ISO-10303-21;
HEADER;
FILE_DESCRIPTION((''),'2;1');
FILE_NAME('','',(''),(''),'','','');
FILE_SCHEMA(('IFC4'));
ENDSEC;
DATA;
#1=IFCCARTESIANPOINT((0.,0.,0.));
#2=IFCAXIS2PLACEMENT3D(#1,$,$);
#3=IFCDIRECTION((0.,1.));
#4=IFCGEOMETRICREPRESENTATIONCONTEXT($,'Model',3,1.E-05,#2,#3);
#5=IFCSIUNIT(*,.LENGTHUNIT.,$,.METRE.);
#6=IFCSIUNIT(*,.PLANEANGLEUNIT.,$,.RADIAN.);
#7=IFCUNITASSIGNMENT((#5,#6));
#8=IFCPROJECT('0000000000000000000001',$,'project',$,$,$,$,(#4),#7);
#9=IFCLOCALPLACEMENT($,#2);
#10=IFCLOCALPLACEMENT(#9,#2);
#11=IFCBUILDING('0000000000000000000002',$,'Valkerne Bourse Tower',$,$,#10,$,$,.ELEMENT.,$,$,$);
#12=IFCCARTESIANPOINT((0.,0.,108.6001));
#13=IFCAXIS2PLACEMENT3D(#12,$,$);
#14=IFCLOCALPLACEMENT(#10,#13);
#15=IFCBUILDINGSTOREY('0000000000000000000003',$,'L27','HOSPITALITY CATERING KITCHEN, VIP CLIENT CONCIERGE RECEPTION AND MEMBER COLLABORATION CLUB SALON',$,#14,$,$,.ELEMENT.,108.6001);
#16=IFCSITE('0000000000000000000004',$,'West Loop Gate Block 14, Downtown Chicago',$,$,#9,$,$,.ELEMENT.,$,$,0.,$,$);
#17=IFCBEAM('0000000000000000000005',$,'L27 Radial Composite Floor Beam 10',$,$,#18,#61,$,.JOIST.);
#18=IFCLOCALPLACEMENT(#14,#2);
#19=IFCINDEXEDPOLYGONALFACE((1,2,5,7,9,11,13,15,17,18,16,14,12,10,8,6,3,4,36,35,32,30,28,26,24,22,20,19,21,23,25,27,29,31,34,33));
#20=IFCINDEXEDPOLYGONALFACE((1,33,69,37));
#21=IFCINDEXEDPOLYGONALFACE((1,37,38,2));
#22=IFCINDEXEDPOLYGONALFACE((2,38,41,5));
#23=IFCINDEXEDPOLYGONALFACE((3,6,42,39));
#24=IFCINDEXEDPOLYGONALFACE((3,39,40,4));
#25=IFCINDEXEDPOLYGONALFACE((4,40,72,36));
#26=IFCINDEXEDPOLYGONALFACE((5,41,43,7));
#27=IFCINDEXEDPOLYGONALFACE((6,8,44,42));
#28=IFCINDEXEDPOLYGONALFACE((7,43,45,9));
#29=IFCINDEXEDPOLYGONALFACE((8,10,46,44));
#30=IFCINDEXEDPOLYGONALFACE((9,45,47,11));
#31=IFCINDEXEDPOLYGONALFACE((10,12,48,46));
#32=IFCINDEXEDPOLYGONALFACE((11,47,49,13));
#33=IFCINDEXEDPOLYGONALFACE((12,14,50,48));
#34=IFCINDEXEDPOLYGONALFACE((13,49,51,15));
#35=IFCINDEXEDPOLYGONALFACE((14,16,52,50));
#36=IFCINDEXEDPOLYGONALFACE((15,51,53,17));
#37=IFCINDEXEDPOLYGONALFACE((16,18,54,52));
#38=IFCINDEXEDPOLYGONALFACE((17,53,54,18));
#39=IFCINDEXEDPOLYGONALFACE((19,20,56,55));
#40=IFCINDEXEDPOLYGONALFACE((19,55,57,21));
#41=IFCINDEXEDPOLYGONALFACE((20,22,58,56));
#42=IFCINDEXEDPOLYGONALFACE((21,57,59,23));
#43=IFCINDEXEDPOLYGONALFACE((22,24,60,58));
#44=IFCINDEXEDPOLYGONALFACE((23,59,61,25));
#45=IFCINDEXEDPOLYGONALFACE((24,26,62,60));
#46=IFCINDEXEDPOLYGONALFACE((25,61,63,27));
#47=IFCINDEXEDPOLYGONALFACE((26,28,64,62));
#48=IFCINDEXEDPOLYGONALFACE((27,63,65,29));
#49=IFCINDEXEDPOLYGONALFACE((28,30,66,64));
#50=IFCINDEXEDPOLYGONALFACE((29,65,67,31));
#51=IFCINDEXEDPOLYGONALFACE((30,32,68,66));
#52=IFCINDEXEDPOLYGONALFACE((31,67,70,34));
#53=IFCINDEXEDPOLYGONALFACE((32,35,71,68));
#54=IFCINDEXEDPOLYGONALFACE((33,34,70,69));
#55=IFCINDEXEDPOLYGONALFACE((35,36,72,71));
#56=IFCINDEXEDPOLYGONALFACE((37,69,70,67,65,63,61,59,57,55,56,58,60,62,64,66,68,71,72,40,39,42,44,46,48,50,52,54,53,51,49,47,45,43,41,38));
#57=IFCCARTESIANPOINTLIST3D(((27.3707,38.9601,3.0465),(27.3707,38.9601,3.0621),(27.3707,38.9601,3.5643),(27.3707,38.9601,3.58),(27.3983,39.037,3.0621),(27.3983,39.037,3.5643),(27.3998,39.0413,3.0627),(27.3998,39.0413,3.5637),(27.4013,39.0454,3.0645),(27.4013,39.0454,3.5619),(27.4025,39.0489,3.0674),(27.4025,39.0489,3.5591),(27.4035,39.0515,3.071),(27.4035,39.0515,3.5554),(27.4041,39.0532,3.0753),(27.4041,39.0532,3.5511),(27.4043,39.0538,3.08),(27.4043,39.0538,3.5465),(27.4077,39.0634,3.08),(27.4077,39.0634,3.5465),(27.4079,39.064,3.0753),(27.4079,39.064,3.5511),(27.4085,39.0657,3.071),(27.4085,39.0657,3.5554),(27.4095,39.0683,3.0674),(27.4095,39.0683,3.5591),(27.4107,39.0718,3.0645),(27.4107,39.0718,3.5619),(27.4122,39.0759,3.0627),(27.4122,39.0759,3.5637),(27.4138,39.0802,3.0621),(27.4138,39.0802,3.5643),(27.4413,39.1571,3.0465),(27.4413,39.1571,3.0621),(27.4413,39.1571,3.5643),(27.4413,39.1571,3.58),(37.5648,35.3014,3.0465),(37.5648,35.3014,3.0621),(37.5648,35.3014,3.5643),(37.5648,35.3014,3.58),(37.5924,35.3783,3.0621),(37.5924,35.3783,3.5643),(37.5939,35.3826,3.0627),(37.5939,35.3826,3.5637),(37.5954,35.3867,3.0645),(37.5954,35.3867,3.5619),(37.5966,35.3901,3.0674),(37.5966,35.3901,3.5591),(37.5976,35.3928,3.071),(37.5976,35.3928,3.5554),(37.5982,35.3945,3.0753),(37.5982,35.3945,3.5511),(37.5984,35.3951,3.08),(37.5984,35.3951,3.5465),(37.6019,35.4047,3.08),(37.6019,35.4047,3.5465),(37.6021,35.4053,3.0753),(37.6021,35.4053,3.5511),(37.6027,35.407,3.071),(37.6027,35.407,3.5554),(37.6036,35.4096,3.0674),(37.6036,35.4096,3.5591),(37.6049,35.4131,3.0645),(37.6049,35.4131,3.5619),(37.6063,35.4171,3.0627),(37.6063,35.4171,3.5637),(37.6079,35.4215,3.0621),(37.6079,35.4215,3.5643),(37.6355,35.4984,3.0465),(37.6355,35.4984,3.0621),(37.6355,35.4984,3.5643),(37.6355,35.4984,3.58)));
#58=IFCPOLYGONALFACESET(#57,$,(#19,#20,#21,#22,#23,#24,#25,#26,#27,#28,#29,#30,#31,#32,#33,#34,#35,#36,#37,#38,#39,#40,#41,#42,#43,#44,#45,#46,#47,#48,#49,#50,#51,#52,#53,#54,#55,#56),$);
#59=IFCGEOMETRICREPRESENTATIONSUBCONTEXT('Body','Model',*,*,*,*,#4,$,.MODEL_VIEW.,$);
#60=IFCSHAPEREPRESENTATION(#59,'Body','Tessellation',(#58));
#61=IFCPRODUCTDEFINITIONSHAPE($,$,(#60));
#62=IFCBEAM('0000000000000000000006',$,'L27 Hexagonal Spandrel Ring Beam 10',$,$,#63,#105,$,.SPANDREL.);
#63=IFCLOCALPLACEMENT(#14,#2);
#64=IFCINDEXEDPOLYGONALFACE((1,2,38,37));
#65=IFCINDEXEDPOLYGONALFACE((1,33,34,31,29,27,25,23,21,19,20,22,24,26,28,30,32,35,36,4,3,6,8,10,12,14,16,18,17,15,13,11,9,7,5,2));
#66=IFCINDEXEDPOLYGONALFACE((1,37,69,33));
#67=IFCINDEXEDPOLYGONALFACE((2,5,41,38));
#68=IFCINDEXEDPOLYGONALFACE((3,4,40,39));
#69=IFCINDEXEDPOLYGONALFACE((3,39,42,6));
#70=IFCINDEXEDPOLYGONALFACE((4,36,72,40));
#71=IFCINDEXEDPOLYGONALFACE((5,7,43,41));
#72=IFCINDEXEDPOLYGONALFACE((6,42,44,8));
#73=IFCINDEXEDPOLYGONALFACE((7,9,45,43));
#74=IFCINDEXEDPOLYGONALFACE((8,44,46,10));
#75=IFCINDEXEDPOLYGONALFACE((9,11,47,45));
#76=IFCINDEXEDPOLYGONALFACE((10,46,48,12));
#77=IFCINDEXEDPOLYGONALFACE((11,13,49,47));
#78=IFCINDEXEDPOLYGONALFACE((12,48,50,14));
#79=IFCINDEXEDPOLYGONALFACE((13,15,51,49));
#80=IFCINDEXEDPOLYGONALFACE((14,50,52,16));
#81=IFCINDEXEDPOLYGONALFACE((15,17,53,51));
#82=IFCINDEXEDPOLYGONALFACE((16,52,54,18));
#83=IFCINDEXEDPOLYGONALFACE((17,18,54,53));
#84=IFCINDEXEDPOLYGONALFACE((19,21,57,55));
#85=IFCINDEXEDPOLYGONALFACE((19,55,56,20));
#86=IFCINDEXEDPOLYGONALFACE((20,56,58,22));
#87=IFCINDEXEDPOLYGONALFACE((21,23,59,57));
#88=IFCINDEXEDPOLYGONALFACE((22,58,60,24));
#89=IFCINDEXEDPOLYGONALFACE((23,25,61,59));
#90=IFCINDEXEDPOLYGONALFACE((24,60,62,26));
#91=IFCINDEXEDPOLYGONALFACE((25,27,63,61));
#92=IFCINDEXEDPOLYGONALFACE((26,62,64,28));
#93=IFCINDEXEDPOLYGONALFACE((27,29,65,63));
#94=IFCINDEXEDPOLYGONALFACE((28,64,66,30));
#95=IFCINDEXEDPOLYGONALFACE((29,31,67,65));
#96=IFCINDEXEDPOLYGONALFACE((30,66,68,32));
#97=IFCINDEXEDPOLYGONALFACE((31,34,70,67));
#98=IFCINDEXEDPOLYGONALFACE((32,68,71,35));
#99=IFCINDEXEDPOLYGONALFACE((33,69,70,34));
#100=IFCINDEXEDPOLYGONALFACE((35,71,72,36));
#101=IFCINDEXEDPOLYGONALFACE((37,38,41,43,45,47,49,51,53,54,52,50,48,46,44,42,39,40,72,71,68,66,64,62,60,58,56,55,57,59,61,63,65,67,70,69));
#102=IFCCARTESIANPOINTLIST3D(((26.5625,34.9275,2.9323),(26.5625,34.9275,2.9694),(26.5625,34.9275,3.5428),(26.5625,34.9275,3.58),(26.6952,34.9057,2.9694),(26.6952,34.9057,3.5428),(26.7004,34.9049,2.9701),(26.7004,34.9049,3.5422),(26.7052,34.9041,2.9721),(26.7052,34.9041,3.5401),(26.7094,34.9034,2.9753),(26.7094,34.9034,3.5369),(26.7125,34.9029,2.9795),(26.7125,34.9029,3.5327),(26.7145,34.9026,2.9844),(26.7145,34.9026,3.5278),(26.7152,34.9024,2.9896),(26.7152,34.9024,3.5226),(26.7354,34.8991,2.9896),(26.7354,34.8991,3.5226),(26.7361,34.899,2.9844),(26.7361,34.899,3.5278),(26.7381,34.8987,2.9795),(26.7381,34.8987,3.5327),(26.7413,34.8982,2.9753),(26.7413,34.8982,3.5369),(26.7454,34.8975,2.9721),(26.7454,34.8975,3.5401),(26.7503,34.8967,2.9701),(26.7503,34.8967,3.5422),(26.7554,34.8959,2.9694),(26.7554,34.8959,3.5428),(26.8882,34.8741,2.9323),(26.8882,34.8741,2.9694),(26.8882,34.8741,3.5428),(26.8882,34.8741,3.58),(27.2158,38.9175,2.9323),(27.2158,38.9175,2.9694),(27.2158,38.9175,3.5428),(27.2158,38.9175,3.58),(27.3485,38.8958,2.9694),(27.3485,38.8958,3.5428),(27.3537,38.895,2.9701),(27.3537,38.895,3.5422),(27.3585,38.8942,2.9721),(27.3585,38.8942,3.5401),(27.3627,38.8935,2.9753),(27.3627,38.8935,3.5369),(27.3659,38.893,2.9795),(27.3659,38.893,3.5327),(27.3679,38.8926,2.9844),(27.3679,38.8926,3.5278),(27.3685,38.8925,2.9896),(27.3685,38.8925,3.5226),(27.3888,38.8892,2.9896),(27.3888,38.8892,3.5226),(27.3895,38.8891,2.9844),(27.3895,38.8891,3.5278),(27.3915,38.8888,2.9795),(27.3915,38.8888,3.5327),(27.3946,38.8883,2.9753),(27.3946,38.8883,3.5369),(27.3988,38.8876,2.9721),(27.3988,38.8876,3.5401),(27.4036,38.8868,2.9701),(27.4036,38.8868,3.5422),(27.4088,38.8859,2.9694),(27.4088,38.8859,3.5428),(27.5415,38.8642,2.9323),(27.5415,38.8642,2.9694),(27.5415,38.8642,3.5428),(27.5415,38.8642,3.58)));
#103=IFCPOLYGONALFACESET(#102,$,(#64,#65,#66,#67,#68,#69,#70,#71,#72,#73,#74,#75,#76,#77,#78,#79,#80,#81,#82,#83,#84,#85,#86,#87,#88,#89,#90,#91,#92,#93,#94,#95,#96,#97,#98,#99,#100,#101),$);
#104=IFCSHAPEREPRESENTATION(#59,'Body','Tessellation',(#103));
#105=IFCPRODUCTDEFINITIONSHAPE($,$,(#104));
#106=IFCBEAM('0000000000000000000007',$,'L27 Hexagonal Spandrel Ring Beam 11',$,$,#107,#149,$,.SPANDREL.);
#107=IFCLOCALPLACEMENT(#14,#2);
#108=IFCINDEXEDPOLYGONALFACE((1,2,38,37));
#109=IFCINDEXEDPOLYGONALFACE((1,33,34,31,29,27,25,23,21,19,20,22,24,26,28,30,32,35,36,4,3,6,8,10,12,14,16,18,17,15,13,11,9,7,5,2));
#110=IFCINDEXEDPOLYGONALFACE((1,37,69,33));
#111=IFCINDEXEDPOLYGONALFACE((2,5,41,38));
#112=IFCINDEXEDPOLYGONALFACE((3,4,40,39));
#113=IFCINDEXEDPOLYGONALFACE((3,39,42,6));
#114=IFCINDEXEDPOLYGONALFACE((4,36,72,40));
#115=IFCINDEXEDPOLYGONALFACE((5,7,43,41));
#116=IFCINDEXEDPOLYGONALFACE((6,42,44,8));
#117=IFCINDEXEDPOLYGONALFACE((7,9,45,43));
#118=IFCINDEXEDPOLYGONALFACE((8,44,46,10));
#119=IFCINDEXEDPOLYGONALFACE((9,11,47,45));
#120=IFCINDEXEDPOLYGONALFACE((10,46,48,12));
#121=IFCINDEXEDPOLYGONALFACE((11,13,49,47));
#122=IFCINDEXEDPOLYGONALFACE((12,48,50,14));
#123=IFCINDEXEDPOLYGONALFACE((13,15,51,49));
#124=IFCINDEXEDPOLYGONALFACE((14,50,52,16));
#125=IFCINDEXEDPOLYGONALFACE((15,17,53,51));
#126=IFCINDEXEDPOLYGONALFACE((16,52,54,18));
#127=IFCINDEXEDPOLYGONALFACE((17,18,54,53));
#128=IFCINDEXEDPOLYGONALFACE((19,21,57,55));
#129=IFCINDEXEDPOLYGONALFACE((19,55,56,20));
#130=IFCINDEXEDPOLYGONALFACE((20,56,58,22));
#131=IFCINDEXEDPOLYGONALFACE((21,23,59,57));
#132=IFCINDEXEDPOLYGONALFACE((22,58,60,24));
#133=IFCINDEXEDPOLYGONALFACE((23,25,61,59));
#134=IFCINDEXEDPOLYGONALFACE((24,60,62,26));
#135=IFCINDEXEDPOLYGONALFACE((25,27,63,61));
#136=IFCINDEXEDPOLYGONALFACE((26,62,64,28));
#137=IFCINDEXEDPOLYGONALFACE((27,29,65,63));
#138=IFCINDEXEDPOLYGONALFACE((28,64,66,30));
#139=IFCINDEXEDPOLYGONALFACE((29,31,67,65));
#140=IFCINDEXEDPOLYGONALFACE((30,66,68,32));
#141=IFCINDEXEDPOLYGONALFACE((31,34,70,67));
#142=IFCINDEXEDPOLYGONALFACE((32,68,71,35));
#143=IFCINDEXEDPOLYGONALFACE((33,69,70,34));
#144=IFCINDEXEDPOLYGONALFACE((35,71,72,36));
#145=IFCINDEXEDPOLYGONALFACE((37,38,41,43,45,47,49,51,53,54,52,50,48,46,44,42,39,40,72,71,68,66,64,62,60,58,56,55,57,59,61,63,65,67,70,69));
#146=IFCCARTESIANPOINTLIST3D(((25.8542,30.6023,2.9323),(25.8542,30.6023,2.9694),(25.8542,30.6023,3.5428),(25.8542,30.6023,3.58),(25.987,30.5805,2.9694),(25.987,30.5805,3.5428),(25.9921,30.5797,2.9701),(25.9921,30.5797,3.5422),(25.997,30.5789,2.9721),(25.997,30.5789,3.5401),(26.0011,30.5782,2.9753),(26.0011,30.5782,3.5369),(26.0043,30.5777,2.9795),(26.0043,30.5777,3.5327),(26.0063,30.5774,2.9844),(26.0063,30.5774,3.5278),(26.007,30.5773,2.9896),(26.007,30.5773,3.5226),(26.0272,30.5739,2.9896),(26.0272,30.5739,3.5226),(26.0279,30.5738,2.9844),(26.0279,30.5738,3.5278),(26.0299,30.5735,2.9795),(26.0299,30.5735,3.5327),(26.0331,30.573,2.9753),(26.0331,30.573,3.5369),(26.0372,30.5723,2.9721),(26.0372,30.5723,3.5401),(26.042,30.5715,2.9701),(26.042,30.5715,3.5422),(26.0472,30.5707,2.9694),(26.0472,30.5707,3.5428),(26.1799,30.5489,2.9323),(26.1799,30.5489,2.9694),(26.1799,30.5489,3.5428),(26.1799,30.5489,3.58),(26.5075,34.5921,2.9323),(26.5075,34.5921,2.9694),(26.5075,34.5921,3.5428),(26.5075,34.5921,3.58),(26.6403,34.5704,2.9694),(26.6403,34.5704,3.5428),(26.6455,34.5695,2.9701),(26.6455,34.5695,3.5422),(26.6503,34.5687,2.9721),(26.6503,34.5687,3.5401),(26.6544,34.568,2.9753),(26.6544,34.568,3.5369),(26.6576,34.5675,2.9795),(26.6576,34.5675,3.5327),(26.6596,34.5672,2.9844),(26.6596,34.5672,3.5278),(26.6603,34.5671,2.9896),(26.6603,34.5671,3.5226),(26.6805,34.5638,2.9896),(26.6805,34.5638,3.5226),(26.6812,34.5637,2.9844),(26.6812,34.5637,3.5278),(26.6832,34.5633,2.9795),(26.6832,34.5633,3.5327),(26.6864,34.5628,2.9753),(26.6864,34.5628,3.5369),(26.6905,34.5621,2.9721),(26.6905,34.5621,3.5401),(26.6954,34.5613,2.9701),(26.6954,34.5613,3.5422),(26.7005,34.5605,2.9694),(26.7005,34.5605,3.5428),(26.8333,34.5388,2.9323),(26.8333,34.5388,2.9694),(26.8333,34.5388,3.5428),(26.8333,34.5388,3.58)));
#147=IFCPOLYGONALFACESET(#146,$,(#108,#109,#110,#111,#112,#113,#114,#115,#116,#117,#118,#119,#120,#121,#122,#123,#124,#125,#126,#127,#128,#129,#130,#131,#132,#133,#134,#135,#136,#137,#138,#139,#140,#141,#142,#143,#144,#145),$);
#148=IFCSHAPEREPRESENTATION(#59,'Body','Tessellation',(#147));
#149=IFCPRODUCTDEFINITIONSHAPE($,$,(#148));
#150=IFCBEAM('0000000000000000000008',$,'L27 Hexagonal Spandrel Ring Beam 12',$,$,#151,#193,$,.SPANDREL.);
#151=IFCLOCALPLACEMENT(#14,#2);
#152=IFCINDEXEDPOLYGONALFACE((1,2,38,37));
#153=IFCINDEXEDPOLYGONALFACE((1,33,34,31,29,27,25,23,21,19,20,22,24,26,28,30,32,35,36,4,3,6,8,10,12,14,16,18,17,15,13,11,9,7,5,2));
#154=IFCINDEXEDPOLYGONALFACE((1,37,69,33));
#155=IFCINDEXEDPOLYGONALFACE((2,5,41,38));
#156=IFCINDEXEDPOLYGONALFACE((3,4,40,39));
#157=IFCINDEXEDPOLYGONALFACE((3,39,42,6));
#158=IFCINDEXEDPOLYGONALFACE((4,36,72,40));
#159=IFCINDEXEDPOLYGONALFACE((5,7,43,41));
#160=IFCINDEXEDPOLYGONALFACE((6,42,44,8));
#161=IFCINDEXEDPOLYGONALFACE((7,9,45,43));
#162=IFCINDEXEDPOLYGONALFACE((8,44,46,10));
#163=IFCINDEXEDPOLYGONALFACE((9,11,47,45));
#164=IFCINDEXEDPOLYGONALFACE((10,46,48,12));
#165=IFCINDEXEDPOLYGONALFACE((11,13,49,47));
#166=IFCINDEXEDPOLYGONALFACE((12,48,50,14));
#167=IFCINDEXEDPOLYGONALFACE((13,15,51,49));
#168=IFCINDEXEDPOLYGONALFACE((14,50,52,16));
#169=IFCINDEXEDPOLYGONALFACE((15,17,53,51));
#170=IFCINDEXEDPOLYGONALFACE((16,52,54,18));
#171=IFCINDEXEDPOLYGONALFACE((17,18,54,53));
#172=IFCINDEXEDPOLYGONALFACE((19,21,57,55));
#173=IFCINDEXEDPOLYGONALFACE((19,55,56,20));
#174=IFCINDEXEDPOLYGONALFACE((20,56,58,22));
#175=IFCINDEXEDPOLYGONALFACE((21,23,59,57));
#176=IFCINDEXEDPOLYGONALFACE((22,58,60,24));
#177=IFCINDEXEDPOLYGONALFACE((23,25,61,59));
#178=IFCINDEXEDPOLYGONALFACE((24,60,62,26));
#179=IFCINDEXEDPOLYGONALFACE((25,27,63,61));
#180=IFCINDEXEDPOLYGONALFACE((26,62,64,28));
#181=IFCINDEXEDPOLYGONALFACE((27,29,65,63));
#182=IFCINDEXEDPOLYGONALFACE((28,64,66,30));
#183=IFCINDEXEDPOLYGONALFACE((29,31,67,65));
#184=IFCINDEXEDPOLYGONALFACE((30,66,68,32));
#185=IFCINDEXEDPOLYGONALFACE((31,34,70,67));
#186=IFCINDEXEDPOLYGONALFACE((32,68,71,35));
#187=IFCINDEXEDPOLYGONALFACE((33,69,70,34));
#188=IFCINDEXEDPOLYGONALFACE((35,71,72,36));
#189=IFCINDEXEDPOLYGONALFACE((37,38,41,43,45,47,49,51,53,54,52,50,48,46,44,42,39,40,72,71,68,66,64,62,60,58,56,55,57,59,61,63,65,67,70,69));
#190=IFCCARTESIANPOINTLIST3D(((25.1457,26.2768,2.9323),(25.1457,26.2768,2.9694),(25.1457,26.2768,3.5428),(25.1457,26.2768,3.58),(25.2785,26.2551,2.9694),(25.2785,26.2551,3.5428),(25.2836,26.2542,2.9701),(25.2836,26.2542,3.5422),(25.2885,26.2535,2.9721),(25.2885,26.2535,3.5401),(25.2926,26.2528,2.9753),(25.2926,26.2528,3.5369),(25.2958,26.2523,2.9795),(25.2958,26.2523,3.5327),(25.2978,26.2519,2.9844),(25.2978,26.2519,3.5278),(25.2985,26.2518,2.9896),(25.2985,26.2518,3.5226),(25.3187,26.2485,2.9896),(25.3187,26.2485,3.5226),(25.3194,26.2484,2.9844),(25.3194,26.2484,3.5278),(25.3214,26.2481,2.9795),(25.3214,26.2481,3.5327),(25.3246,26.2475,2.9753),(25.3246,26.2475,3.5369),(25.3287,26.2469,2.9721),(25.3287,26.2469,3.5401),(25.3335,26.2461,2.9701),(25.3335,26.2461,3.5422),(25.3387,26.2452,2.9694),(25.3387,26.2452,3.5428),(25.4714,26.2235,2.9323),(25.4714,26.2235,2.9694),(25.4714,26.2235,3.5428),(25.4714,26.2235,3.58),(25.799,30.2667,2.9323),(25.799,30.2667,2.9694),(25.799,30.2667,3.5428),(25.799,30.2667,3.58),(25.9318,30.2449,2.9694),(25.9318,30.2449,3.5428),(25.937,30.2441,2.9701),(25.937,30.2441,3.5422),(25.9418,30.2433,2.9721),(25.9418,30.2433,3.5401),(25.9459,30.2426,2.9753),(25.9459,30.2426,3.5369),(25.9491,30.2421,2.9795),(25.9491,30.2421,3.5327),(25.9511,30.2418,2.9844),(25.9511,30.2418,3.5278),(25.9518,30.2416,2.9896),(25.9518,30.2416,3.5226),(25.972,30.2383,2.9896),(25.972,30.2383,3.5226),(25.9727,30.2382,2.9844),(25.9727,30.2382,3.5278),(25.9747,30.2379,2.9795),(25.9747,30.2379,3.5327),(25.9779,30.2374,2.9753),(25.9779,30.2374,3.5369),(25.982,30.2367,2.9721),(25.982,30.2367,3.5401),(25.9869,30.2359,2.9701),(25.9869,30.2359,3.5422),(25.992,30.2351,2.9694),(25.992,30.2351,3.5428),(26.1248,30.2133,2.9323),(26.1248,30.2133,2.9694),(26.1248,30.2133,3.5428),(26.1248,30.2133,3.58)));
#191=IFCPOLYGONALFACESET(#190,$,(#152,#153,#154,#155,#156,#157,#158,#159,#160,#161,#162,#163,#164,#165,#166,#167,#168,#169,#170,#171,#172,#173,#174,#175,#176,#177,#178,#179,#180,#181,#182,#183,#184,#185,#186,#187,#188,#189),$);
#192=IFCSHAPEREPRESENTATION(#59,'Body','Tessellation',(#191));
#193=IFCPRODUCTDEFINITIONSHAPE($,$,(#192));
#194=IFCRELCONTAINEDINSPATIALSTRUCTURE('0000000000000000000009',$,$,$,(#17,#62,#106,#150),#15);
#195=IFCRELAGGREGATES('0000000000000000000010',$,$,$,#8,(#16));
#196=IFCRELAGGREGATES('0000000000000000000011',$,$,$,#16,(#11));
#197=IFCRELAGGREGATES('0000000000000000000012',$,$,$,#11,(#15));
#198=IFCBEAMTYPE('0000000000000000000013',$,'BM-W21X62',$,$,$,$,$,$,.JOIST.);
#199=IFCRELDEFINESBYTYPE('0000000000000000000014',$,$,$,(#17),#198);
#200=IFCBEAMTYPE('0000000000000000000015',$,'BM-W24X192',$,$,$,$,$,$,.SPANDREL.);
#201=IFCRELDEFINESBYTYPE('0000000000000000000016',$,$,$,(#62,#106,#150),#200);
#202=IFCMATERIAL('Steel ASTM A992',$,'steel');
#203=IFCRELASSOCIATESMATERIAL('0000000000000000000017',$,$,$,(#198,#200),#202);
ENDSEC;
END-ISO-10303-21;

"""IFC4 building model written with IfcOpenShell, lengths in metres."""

from ifc_helpers import new_model, si_unit, direction, frame, origin, origin_2d, place, context, subcontext, project, spatial, i_section, extrude, material, material_profile, profile_set, type_object, element, save


model = new_model("IFC4")

# Units and contexts
model_context = context("Model", 3, precision=1e-05, world=origin(), true_north=direction((0.0, 1.0)))
body_context = subcontext(model_context, "Body", "Model", "MODEL_VIEW")
ifc_project = project(units=[si_unit("LENGTHUNIT", "METRE"), si_unit("PLANEANGLEUNIT", "RADIAN")], contexts=[model_context])

# Site, building, storey
site_placement = place(None, origin())
site = spatial("IfcSite", under=ifc_project, at=site_placement, Name="West Loop Gate Block 14, Downtown Chicago", CompositionType="ELEMENT", RefElevation=0.0)
building_placement = place(site_placement, origin())
building = spatial("IfcBuilding", under=site, at=building_placement, Name="Valkerne Bourse Tower", CompositionType="ELEMENT")
storey_placement = place(building_placement, frame((0.0, 0.0, 108.6001)))
storey = spatial("IfcBuildingStorey", under=building, at=storey_placement, Name="L27", Description="HOSPITALITY CATERING KITCHEN, VIP CLIENT CONCIERGE RECEPTION AND MEMBER COLLABORATION CLUB SALON", CompositionType="ELEMENT", Elevation=108.6001)

# Beams
ifc_material_1 = material(Name="Steel ASTM A992", Category="steel")
ifc_material_profile_1 = material_profile(ifc_material_1, i_section(OverallWidth=0.2092, OverallDepth=0.5334, WebThickness=0.0103, FlangeThickness=0.0156, FilletRadius=0.0178, at=origin_2d()), Name="W21X62")
ifc_profile_set_1 = profile_set([ifc_material_profile_1], Name="Steel ASTM A992")
beam_type_1 = type_object("IfcBeamType", Name="BM-W21X62", PredefinedType="JOIST", material=ifc_profile_set_1)
beam_1_placement = place(storey_placement, frame((27.406, 39.0586, 3.3132), z_axis=(0.941216, -0.337805, 0.0), x_axis=(0.337805, 0.941216, 0.0)))
element("IfcBeam", 1, at=beam_1_placement, inside=storey, type_object=beam_type_1, Name="L27 Radial Composite Floor Beam 10", PredefinedType="JOIST", context=body_context, shape_type="SweptSolid", body=[
    extrude(i_section(OverallWidth=0.2092, OverallDepth=0.5334, WebThickness=0.0103, FlangeThickness=0.0156, FilletRadius=0.0178, at=origin_2d()), origin(), (0.0, 0.0, 1.0), 10.8308),
])
ifc_material_profile_2 = material_profile(ifc_material_1, i_section(OverallWidth=0.3301, OverallDepth=0.6477, WebThickness=0.0205, FlangeThickness=0.0371, FilletRadius=0.0203, at=origin_2d()), Name="W24X192")
ifc_profile_set_2 = profile_set([ifc_material_profile_2], Name="Steel ASTM A992")
beam_type_2 = type_object("IfcBeamType", Name="BM-W24X192", PredefinedType="SPANDREL", material=ifc_profile_set_2)
beam_2_placement = place(storey_placement, frame((27.3787, 38.8909, 3.2561), z_axis=(-0.161588, -0.986858, 0.0), x_axis=(0.986858, -0.161588, 0.0)))
element("IfcBeam", 2, at=beam_2_placement, inside=storey, type_object=beam_type_2, Name="L27 Hexagonal Spandrel Ring Beam 10", PredefinedType="SPANDREL", context=body_context, shape_type="SweptSolid", body=[
    extrude(i_section(OverallWidth=0.3301, OverallDepth=0.6477, WebThickness=0.0205, FlangeThickness=0.0371, FilletRadius=0.0203, at=origin_2d()), origin(), (0.0, 0.0, 1.0), 4.0432),
])
for number, where, z_axis, x_axis, name in (
    (3, (26.6704, 34.5654, 3.2561), (-0.161598, -0.986857, 0.0), (0.986857, -0.161598, 0.0), "L27 Hexagonal Spandrel Ring Beam 11"),
    (4, (25.9619, 30.24, 3.2561), (-0.161598, -0.986857, 0.0), (0.986857, -0.161598, 0.0), "L27 Hexagonal Spandrel Ring Beam 12"),
):
    element("IfcBeam", number, at=place(storey_placement, frame(where, z_axis=z_axis, x_axis=x_axis)), inside=storey, type_object=beam_type_2, Name=name, PredefinedType="SPANDREL", context=body_context, shape_type="SweptSolid", body=[
        extrude(i_section(OverallWidth=0.3301, OverallDepth=0.6477, WebThickness=0.0205, FlangeThickness=0.0371, FilletRadius=0.0203, at=origin_2d()), origin(), (0.0, 0.0, 1.0), 4.043),
    ])

save(model, "model.ifc")
